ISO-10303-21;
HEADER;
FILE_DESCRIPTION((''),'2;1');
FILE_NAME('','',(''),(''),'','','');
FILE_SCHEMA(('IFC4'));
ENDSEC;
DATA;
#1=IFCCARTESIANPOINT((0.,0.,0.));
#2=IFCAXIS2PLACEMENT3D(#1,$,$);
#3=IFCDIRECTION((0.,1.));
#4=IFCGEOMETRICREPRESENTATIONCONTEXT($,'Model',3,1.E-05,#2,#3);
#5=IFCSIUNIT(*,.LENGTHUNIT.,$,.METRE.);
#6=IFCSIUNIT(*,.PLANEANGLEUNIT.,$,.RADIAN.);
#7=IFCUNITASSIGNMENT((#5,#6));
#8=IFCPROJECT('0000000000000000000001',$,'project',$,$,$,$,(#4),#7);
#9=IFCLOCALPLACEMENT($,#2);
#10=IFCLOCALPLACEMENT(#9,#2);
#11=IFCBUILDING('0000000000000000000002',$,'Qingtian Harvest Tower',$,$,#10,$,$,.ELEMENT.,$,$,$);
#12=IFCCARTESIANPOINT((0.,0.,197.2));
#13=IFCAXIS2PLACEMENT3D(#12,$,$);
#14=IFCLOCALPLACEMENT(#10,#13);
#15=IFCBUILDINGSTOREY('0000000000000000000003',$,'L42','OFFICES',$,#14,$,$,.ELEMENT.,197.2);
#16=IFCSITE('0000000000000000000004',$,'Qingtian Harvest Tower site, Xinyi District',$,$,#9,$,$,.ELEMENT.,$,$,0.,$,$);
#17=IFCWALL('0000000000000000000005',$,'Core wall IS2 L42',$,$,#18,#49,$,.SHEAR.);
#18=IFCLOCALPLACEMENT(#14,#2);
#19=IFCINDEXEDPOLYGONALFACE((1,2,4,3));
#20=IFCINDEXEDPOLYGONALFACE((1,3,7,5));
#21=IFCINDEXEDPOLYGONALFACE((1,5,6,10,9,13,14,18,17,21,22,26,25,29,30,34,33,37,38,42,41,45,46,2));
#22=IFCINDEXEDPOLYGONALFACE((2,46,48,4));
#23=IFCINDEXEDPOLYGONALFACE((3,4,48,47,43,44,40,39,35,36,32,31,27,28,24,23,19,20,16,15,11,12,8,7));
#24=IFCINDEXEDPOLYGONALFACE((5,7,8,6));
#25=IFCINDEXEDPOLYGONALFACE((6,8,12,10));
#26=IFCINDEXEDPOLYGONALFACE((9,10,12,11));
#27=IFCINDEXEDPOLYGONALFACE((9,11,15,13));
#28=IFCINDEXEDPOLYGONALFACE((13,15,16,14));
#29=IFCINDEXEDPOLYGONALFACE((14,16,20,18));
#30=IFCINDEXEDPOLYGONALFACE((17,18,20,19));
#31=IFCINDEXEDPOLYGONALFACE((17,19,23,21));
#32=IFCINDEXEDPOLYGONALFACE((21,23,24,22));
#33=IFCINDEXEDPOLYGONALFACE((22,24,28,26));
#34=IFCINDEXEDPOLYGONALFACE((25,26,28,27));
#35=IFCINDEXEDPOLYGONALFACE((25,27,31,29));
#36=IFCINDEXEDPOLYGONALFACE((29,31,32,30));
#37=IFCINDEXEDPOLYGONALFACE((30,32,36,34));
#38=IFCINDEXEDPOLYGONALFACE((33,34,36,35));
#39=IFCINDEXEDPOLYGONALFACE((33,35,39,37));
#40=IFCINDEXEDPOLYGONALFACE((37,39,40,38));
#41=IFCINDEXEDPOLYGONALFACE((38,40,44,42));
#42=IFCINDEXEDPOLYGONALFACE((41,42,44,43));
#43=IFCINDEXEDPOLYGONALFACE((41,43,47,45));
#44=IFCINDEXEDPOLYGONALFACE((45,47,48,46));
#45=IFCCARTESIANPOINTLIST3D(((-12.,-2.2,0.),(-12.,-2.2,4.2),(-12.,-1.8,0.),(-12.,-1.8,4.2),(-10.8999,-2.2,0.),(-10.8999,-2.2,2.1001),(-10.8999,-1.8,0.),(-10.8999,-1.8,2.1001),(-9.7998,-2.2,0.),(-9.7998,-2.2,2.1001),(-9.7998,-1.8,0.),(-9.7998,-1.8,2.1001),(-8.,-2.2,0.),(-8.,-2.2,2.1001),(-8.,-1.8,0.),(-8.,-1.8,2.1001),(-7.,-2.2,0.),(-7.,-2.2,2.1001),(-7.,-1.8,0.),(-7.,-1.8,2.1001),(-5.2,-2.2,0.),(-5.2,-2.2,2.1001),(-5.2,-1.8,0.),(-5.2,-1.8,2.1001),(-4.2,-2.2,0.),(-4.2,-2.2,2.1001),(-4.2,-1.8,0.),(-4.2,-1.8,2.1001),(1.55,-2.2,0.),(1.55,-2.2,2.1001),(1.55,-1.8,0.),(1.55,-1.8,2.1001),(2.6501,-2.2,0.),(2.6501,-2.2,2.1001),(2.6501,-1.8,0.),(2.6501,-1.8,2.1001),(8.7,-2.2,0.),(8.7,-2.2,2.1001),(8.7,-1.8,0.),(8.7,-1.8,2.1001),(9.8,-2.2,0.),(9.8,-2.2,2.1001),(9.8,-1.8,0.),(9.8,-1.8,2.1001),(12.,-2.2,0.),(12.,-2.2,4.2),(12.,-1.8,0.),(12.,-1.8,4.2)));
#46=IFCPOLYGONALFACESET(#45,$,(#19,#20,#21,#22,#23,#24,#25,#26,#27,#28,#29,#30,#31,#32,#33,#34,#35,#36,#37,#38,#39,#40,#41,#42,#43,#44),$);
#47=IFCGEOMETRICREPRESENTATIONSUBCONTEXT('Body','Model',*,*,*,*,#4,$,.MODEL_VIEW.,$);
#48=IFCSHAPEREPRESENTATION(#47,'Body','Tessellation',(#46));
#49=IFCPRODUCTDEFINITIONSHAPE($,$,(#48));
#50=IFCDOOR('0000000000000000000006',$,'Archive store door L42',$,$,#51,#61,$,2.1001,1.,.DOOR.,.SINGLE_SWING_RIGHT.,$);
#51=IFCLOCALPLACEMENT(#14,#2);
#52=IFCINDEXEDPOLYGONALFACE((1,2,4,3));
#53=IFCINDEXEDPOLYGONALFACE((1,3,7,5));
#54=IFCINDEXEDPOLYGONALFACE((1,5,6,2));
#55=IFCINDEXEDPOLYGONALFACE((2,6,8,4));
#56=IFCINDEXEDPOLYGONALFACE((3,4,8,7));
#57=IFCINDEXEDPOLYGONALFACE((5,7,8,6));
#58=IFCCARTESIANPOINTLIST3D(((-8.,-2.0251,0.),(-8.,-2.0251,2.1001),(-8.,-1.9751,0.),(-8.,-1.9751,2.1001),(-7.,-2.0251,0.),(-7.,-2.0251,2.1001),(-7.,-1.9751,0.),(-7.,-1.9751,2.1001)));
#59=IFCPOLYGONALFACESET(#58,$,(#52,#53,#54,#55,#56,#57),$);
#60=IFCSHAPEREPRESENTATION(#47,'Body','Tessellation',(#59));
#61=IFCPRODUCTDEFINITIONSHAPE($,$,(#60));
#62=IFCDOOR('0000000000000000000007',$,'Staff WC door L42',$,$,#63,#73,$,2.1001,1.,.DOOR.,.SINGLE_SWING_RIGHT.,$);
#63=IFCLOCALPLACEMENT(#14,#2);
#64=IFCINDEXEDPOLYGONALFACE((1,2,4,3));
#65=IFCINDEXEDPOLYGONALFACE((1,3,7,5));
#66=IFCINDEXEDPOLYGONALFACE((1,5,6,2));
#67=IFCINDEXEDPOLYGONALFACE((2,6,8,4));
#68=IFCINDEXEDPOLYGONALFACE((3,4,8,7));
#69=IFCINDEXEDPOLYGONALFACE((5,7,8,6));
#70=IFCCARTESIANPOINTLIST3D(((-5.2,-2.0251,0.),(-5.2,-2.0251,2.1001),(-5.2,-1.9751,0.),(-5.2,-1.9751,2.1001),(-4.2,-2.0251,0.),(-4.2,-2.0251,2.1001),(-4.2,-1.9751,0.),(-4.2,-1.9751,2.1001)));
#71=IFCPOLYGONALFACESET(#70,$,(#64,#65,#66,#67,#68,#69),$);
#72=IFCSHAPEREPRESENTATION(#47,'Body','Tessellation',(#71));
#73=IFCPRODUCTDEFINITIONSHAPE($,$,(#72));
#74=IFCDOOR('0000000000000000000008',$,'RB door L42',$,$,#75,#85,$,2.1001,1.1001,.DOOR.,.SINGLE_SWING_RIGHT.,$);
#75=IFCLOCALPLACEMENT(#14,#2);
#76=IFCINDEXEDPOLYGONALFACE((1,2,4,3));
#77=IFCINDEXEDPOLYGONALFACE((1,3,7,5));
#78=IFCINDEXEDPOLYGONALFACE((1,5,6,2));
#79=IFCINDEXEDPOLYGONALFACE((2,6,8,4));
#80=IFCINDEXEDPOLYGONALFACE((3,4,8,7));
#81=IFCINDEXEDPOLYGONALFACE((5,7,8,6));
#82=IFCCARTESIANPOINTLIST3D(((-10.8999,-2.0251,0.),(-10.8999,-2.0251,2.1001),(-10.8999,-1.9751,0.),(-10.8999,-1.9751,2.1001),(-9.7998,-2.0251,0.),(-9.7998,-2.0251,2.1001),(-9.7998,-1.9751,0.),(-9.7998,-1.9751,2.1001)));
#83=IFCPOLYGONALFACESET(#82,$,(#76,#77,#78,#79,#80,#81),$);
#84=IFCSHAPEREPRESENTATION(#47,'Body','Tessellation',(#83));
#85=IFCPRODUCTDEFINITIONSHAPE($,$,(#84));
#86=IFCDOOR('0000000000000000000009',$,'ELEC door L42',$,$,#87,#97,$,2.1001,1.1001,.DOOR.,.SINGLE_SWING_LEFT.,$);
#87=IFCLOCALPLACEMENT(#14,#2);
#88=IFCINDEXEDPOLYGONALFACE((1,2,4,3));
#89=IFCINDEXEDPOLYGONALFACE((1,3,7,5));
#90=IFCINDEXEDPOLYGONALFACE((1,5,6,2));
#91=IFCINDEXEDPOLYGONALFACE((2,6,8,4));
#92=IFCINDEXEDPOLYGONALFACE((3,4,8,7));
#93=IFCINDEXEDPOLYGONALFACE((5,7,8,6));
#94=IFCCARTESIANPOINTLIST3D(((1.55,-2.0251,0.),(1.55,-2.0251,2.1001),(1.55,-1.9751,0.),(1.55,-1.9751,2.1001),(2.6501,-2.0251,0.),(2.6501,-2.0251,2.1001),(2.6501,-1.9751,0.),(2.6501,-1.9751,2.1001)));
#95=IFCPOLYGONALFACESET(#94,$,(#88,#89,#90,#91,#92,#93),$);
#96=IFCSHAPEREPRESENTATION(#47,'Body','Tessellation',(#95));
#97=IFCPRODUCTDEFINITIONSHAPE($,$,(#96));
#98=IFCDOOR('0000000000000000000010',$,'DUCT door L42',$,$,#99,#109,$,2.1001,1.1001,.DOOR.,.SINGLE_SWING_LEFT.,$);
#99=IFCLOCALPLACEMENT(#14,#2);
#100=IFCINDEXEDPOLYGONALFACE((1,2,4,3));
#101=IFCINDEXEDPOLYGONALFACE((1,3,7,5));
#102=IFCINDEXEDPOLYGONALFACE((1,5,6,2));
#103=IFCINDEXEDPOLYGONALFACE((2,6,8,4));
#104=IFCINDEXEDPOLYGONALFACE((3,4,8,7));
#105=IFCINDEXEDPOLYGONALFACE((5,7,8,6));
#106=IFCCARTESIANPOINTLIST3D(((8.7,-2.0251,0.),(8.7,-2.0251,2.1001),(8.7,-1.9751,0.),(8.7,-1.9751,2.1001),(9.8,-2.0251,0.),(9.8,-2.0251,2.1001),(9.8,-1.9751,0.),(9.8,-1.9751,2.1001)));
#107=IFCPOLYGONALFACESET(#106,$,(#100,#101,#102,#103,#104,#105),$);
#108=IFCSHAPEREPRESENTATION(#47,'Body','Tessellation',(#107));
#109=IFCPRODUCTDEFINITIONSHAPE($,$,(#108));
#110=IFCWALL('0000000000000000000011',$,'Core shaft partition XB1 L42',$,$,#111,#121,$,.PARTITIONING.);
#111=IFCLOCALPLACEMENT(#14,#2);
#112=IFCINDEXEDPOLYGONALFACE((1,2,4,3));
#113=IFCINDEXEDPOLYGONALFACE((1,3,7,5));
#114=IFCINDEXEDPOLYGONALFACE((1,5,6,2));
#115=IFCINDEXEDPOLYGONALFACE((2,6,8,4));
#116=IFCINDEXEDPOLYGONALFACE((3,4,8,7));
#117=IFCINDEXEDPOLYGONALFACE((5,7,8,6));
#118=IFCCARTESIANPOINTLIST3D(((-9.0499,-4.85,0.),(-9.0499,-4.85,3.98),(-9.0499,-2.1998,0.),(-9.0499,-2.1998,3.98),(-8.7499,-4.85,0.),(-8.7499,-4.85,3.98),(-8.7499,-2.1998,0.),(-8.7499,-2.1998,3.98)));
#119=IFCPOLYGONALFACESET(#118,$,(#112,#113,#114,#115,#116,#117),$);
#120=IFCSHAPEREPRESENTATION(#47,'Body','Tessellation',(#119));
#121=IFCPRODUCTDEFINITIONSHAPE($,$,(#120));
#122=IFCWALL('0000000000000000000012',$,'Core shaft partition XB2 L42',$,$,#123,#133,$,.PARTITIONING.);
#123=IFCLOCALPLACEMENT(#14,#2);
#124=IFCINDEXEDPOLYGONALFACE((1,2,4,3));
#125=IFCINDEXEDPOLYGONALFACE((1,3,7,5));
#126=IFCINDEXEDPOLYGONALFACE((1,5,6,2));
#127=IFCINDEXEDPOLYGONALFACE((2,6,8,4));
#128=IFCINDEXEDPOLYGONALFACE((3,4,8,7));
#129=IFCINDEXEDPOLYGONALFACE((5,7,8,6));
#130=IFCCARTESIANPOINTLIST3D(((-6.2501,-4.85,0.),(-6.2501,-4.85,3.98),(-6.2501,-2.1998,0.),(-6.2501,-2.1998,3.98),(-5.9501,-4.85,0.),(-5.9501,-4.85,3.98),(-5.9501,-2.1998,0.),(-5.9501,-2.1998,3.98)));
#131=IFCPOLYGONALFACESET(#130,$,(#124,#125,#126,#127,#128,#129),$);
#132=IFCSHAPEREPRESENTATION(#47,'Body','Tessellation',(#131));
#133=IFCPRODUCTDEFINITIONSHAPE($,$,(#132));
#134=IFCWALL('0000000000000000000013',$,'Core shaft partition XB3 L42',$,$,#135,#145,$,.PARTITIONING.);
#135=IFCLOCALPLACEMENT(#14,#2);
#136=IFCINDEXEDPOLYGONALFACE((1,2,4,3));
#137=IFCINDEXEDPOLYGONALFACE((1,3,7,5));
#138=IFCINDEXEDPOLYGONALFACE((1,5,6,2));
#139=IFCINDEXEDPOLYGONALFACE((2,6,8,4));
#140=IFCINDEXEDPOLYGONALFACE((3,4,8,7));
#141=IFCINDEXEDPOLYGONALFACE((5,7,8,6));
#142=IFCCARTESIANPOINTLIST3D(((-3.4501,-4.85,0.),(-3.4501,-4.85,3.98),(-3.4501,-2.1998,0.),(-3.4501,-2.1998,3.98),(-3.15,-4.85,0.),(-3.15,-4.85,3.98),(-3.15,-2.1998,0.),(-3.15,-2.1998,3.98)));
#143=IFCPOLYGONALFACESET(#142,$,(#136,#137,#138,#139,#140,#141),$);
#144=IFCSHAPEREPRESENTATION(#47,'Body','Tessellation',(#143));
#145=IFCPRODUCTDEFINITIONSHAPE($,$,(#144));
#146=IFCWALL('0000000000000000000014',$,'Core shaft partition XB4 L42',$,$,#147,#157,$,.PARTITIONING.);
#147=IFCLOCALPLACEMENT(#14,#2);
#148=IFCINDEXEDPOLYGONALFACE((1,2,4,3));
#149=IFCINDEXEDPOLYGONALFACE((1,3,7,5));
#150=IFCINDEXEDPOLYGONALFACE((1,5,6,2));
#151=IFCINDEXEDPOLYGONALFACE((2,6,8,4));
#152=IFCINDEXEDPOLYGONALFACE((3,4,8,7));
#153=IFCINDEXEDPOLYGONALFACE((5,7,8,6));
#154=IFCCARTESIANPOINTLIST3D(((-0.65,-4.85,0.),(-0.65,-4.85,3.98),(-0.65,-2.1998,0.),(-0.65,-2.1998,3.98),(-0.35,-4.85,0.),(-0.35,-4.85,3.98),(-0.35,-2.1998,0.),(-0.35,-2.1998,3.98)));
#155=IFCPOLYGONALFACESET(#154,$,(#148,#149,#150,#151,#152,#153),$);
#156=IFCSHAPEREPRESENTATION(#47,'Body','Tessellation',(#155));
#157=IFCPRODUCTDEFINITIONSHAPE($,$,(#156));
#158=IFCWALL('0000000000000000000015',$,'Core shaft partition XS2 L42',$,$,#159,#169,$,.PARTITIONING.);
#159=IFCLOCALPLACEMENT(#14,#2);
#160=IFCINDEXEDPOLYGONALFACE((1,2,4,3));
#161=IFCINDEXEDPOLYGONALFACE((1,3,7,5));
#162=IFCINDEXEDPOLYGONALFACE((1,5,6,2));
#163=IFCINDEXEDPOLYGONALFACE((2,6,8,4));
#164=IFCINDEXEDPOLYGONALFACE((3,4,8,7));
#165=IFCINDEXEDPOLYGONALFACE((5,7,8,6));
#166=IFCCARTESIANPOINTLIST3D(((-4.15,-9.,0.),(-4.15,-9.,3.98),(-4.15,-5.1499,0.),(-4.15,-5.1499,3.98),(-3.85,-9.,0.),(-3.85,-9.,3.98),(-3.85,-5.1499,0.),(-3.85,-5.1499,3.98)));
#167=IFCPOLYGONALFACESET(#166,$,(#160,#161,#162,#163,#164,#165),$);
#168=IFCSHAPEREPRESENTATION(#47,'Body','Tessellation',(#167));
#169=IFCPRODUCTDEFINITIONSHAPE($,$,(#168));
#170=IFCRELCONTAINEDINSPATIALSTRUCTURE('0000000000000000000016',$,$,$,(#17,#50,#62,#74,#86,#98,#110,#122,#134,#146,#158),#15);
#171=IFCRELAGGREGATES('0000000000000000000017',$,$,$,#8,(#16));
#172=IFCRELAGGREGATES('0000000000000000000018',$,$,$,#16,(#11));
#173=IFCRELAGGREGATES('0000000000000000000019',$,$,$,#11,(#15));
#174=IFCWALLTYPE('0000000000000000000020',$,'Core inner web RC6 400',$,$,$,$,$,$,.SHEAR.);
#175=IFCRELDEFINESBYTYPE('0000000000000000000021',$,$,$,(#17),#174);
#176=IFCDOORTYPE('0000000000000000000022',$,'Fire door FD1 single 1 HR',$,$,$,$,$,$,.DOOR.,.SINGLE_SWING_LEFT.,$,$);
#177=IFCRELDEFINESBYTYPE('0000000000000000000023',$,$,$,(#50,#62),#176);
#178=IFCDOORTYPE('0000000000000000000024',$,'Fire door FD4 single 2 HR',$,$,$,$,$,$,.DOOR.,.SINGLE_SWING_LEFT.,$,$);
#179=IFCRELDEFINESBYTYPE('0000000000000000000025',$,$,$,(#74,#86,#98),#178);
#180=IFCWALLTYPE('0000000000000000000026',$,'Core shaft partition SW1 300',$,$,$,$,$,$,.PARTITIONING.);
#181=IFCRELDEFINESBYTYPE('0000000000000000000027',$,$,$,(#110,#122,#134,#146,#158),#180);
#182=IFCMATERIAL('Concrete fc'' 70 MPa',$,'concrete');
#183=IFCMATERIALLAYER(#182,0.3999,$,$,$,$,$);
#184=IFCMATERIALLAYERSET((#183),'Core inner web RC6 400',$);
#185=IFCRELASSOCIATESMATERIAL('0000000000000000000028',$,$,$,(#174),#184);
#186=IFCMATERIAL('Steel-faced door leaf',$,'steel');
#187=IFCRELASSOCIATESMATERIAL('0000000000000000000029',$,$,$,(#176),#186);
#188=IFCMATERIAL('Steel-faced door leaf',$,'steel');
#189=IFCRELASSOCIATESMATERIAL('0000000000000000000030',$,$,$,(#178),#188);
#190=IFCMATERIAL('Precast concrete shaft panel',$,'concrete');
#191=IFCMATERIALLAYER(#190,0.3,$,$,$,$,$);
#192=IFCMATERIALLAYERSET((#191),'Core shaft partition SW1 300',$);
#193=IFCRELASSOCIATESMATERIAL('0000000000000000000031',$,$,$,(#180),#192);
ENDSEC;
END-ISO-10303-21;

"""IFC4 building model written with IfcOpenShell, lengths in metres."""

from ifc_helpers import new_model, si_unit, direction, frame, frame_2d, origin, place, context, subcontext, project, spatial, rectangle, extrude, material, layer, layer_set, type_object, element, fill, save


model = new_model("IFC4")

# Units and contexts
model_context = context("Model", 3, precision=1e-05, world=origin(), true_north=direction((0.0, 1.0)))
body_context = subcontext(model_context, "Body", "Model", "MODEL_VIEW")
ifc_project = project(units=[si_unit("LENGTHUNIT", "METRE"), si_unit("PLANEANGLEUNIT", "RADIAN")], contexts=[model_context])

# Site, building, storey
site_placement = place(None, origin())
site = spatial("IfcSite", under=ifc_project, at=site_placement, Name="Qingtian Harvest Tower site, Xinyi District", CompositionType="ELEMENT", RefElevation=0.0)
building_placement = place(site_placement, origin())
building = spatial("IfcBuilding", under=site, at=building_placement, Name="Qingtian Harvest Tower", CompositionType="ELEMENT")
storey_placement = place(building_placement, frame((0.0, 0.0, 197.2)))
storey = spatial("IfcBuildingStorey", under=building, at=storey_placement, Name="L42", Description="OFFICES", CompositionType="ELEMENT", Elevation=197.2)

# Wall, openings, doors
ifc_material_1 = material(Name="Concrete fc' 70 MPa", Category="concrete")
ifc_layer_1 = layer(ifc_material_1, 0.3999)
ifc_layer_set_1 = layer_set([ifc_layer_1], Name="Core inner web RC6 400")
wall_type_1 = type_object("IfcWallType", Name="Core inner web RC6 400", PredefinedType="SHEAR", material=ifc_layer_set_1)
wall_1_placement = place(storey_placement, frame((-12.0, -2.0, 0.0), z_axis=(0.0, 0.0, 1.0), x_axis=(1.0, 0.0, 0.0)))
wall_1 = element("IfcWall", 1, at=wall_1_placement, inside=storey, type_object=wall_type_1, Name="Core wall IS2 L42", PredefinedType="SHEAR", context=body_context, shape_type="SweptSolid", body=[
    extrude(rectangle(XDim=24.0, YDim=0.3999, at=frame_2d((12.0, 0.0))), origin(), (0.0, 0.0, 1.0), 4.2),
])
opening_1_placement = place(wall_1_placement, frame((1.1001, 0.0, 0.0)))
opening_1 = element("IfcOpeningElement", 2, at=opening_1_placement, cuts=wall_1, PredefinedType="OPENING", context=body_context, shape_type="SweptSolid", body=[
    extrude(rectangle(XDim=1.1001, YDim=2.1001, at=frame_2d((0.55, 1.05))), frame((0.0, 0.21, 0.0), z_axis=(0.0, -1.0, 0.0), x_axis=(1.0, 0.0, 0.0)), (0.0, 0.0, 1.0), 0.4199),
])
opening_2_placement = place(wall_1_placement, frame((13.55, 0.0, 0.0)))
opening_2 = element("IfcOpeningElement", 3, at=opening_2_placement, cuts=wall_1, PredefinedType="OPENING", context=body_context, shape_type="SweptSolid", body=[
    extrude(rectangle(XDim=1.1001, YDim=2.1001, at=frame_2d((0.55, 1.05))), frame((0.0, 0.21, 0.0), z_axis=(0.0, -1.0, 0.0), x_axis=(1.0, 0.0, 0.0)), (0.0, 0.0, 1.0), 0.4199),
])
opening_3_placement = place(wall_1_placement, frame((20.7, 0.0, 0.0)))
opening_3 = element("IfcOpeningElement", 4, at=opening_3_placement, cuts=wall_1, PredefinedType="OPENING", context=body_context, shape_type="SweptSolid", body=[
    extrude(rectangle(XDim=1.1001, YDim=2.1001, at=frame_2d((0.55, 1.05))), frame((0.0, 0.21, 0.0), z_axis=(0.0, -1.0, 0.0), x_axis=(1.0, 0.0, 0.0)), (0.0, 0.0, 1.0), 0.4199),
])
opening_4_placement = place(wall_1_placement, frame((4.0, 0.0, 0.0)))
opening_4 = element("IfcOpeningElement", 5, at=opening_4_placement, cuts=wall_1, PredefinedType="OPENING", context=body_context, shape_type="SweptSolid", body=[
    extrude(rectangle(XDim=1.0, YDim=2.1001, at=frame_2d((0.5, 1.05))), frame((0.0, 0.21, 0.0), z_axis=(0.0, -1.0, 0.0), x_axis=(1.0, 0.0, 0.0)), (0.0, 0.0, 1.0), 0.4199),
])
opening_5_placement = place(wall_1_placement, frame((6.8, 0.0, 0.0)))
opening_5 = element("IfcOpeningElement", 6, at=opening_5_placement, cuts=wall_1, PredefinedType="OPENING", context=body_context, shape_type="SweptSolid", body=[
    extrude(rectangle(XDim=1.0, YDim=2.1001, at=frame_2d((0.5, 1.05))), frame((0.0, 0.21, 0.0), z_axis=(0.0, -1.0, 0.0), x_axis=(1.0, 0.0, 0.0)), (0.0, 0.0, 1.0), 0.4199),
])
ifc_material_2 = material(Name="Steel-faced door leaf", Category="steel")
door_type_1 = type_object("IfcDoorType", Name="Fire door FD1 single 1 HR", OperationType="SINGLE_SWING_LEFT", PredefinedType="DOOR", material=ifc_material_2)
door_1_placement = place(opening_4_placement, origin())
door_1 = element("IfcDoor", 7, at=door_1_placement, inside=storey, type_object=door_type_1, Name="Archive store door L42", OperationType="SINGLE_SWING_RIGHT", OverallHeight=2.1001, OverallWidth=1.0, PredefinedType="DOOR", context=body_context, shape_type="SweptSolid", body=[
    extrude(rectangle(XDim=1.0, YDim=2.1001, at=frame_2d((0.5, 1.05))), frame((0.0, 0.0249, 0.0), z_axis=(0.0, -1.0, 0.0), x_axis=(1.0, 0.0, 0.0)), (0.0, 0.0, 1.0), 0.05),
])
fill(opening_4, door_1)
door_2_placement = place(opening_5_placement, origin())
door_2 = element("IfcDoor", 8, at=door_2_placement, inside=storey, type_object=door_type_1, Name="Staff WC door L42", OperationType="SINGLE_SWING_RIGHT", OverallHeight=2.1001, OverallWidth=1.0, PredefinedType="DOOR", context=body_context, shape_type="SweptSolid", body=[
    extrude(rectangle(XDim=1.0, YDim=2.1001, at=frame_2d((0.5, 1.05))), frame((0.0, 0.0249, 0.0), z_axis=(0.0, -1.0, 0.0), x_axis=(1.0, 0.0, 0.0)), (0.0, 0.0, 1.0), 0.05),
])
fill(opening_5, door_2)
ifc_material_3 = material(Name="Steel-faced door leaf", Category="steel")
door_type_2 = type_object("IfcDoorType", Name="Fire door FD4 single 2 HR", OperationType="SINGLE_SWING_LEFT", PredefinedType="DOOR", material=ifc_material_3)
door_3_placement = place(opening_1_placement, origin())
door_3 = element("IfcDoor", 9, at=door_3_placement, inside=storey, type_object=door_type_2, Name="RB door L42", OperationType="SINGLE_SWING_RIGHT", OverallHeight=2.1001, OverallWidth=1.1001, PredefinedType="DOOR", context=body_context, shape_type="SweptSolid", body=[
    extrude(rectangle(XDim=1.1001, YDim=2.1001, at=frame_2d((0.55, 1.05))), frame((0.0, 0.0249, 0.0), z_axis=(0.0, -1.0, 0.0), x_axis=(1.0, 0.0, 0.0)), (0.0, 0.0, 1.0), 0.05),
])
fill(opening_1, door_3)
door_4_placement = place(opening_2_placement, origin())
door_4 = element("IfcDoor", 10, at=door_4_placement, inside=storey, type_object=door_type_2, Name="ELEC door L42", OperationType="SINGLE_SWING_LEFT", OverallHeight=2.1001, OverallWidth=1.1001, PredefinedType="DOOR", context=body_context, shape_type="SweptSolid", body=[
    extrude(rectangle(XDim=1.1001, YDim=2.1001, at=frame_2d((0.55, 1.05))), frame((0.0, 0.0249, 0.0), z_axis=(0.0, -1.0, 0.0), x_axis=(1.0, 0.0, 0.0)), (0.0, 0.0, 1.0), 0.05),
])
fill(opening_2, door_4)
door_5_placement = place(opening_3_placement, origin())
door_5 = element("IfcDoor", 11, at=door_5_placement, inside=storey, type_object=door_type_2, Name="DUCT door L42", OperationType="SINGLE_SWING_LEFT", OverallHeight=2.1001, OverallWidth=1.1001, PredefinedType="DOOR", context=body_context, shape_type="SweptSolid", body=[
    extrude(rectangle(XDim=1.1001, YDim=2.1001, at=frame_2d((0.55, 1.05))), frame((0.0, 0.0249, 0.0), z_axis=(0.0, -1.0, 0.0), x_axis=(1.0, 0.0, 0.0)), (0.0, 0.0, 1.0), 0.05),
])
fill(opening_3, door_5)

# Walls
ifc_material_4 = material(Name="Precast concrete shaft panel", Category="concrete")
ifc_layer_2 = layer(ifc_material_4, 0.3)
ifc_layer_set_2 = layer_set([ifc_layer_2], Name="Core shaft partition SW1 300")
wall_type_2 = type_object("IfcWallType", Name="Core shaft partition SW1 300", PredefinedType="PARTITIONING", material=ifc_layer_set_2)
for number, where, z_axis, x_axis, name in (
    (12, (-8.8999, -4.8501, 0.0), (0.0, 0.0, 1.0), (0.0, 1.0, 0.0), "Core shaft partition XB1 L42"),
    (13, (-6.1001, -4.8501, 0.0), (0.0, 0.0, 1.0), (0.0, 1.0, 0.0), "Core shaft partition XB2 L42"),
    (14, (-3.3, -4.8501, 0.0), (0.0, 0.0, 1.0), (0.0, 1.0, 0.0), "Core shaft partition XB3 L42"),
    (15, (-0.5, -4.8501, 0.0), (0.0, 0.0, 1.0), (0.0, 1.0, 0.0), "Core shaft partition XB4 L42"),
):
    element("IfcWall", number, at=place(storey_placement, frame(where, z_axis=z_axis, x_axis=x_axis)), inside=storey, type_object=wall_type_2, Name=name, PredefinedType="PARTITIONING", context=body_context, shape_type="SweptSolid", body=[
        extrude(rectangle(XDim=2.6501, YDim=0.3, at=frame_2d((1.3252, 0.0))), origin(), (0.0, 0.0, 1.0), 3.98),
    ])
wall_2_placement = place(storey_placement, frame((-4.0, -9.0, 0.0), z_axis=(0.0, 0.0, 1.0), x_axis=(0.0, 1.0, 0.0)))
element("IfcWall", 16, at=wall_2_placement, inside=storey, type_object=wall_type_2, Name="Core shaft partition XS2 L42", PredefinedType="PARTITIONING", context=body_context, shape_type="SweptSolid", body=[
    extrude(rectangle(XDim=3.8501, YDim=0.3, at=frame_2d((1.925, 0.0))), origin(), (0.0, 0.0, 1.0), 3.98),
])

save(model, "model.ifc")
